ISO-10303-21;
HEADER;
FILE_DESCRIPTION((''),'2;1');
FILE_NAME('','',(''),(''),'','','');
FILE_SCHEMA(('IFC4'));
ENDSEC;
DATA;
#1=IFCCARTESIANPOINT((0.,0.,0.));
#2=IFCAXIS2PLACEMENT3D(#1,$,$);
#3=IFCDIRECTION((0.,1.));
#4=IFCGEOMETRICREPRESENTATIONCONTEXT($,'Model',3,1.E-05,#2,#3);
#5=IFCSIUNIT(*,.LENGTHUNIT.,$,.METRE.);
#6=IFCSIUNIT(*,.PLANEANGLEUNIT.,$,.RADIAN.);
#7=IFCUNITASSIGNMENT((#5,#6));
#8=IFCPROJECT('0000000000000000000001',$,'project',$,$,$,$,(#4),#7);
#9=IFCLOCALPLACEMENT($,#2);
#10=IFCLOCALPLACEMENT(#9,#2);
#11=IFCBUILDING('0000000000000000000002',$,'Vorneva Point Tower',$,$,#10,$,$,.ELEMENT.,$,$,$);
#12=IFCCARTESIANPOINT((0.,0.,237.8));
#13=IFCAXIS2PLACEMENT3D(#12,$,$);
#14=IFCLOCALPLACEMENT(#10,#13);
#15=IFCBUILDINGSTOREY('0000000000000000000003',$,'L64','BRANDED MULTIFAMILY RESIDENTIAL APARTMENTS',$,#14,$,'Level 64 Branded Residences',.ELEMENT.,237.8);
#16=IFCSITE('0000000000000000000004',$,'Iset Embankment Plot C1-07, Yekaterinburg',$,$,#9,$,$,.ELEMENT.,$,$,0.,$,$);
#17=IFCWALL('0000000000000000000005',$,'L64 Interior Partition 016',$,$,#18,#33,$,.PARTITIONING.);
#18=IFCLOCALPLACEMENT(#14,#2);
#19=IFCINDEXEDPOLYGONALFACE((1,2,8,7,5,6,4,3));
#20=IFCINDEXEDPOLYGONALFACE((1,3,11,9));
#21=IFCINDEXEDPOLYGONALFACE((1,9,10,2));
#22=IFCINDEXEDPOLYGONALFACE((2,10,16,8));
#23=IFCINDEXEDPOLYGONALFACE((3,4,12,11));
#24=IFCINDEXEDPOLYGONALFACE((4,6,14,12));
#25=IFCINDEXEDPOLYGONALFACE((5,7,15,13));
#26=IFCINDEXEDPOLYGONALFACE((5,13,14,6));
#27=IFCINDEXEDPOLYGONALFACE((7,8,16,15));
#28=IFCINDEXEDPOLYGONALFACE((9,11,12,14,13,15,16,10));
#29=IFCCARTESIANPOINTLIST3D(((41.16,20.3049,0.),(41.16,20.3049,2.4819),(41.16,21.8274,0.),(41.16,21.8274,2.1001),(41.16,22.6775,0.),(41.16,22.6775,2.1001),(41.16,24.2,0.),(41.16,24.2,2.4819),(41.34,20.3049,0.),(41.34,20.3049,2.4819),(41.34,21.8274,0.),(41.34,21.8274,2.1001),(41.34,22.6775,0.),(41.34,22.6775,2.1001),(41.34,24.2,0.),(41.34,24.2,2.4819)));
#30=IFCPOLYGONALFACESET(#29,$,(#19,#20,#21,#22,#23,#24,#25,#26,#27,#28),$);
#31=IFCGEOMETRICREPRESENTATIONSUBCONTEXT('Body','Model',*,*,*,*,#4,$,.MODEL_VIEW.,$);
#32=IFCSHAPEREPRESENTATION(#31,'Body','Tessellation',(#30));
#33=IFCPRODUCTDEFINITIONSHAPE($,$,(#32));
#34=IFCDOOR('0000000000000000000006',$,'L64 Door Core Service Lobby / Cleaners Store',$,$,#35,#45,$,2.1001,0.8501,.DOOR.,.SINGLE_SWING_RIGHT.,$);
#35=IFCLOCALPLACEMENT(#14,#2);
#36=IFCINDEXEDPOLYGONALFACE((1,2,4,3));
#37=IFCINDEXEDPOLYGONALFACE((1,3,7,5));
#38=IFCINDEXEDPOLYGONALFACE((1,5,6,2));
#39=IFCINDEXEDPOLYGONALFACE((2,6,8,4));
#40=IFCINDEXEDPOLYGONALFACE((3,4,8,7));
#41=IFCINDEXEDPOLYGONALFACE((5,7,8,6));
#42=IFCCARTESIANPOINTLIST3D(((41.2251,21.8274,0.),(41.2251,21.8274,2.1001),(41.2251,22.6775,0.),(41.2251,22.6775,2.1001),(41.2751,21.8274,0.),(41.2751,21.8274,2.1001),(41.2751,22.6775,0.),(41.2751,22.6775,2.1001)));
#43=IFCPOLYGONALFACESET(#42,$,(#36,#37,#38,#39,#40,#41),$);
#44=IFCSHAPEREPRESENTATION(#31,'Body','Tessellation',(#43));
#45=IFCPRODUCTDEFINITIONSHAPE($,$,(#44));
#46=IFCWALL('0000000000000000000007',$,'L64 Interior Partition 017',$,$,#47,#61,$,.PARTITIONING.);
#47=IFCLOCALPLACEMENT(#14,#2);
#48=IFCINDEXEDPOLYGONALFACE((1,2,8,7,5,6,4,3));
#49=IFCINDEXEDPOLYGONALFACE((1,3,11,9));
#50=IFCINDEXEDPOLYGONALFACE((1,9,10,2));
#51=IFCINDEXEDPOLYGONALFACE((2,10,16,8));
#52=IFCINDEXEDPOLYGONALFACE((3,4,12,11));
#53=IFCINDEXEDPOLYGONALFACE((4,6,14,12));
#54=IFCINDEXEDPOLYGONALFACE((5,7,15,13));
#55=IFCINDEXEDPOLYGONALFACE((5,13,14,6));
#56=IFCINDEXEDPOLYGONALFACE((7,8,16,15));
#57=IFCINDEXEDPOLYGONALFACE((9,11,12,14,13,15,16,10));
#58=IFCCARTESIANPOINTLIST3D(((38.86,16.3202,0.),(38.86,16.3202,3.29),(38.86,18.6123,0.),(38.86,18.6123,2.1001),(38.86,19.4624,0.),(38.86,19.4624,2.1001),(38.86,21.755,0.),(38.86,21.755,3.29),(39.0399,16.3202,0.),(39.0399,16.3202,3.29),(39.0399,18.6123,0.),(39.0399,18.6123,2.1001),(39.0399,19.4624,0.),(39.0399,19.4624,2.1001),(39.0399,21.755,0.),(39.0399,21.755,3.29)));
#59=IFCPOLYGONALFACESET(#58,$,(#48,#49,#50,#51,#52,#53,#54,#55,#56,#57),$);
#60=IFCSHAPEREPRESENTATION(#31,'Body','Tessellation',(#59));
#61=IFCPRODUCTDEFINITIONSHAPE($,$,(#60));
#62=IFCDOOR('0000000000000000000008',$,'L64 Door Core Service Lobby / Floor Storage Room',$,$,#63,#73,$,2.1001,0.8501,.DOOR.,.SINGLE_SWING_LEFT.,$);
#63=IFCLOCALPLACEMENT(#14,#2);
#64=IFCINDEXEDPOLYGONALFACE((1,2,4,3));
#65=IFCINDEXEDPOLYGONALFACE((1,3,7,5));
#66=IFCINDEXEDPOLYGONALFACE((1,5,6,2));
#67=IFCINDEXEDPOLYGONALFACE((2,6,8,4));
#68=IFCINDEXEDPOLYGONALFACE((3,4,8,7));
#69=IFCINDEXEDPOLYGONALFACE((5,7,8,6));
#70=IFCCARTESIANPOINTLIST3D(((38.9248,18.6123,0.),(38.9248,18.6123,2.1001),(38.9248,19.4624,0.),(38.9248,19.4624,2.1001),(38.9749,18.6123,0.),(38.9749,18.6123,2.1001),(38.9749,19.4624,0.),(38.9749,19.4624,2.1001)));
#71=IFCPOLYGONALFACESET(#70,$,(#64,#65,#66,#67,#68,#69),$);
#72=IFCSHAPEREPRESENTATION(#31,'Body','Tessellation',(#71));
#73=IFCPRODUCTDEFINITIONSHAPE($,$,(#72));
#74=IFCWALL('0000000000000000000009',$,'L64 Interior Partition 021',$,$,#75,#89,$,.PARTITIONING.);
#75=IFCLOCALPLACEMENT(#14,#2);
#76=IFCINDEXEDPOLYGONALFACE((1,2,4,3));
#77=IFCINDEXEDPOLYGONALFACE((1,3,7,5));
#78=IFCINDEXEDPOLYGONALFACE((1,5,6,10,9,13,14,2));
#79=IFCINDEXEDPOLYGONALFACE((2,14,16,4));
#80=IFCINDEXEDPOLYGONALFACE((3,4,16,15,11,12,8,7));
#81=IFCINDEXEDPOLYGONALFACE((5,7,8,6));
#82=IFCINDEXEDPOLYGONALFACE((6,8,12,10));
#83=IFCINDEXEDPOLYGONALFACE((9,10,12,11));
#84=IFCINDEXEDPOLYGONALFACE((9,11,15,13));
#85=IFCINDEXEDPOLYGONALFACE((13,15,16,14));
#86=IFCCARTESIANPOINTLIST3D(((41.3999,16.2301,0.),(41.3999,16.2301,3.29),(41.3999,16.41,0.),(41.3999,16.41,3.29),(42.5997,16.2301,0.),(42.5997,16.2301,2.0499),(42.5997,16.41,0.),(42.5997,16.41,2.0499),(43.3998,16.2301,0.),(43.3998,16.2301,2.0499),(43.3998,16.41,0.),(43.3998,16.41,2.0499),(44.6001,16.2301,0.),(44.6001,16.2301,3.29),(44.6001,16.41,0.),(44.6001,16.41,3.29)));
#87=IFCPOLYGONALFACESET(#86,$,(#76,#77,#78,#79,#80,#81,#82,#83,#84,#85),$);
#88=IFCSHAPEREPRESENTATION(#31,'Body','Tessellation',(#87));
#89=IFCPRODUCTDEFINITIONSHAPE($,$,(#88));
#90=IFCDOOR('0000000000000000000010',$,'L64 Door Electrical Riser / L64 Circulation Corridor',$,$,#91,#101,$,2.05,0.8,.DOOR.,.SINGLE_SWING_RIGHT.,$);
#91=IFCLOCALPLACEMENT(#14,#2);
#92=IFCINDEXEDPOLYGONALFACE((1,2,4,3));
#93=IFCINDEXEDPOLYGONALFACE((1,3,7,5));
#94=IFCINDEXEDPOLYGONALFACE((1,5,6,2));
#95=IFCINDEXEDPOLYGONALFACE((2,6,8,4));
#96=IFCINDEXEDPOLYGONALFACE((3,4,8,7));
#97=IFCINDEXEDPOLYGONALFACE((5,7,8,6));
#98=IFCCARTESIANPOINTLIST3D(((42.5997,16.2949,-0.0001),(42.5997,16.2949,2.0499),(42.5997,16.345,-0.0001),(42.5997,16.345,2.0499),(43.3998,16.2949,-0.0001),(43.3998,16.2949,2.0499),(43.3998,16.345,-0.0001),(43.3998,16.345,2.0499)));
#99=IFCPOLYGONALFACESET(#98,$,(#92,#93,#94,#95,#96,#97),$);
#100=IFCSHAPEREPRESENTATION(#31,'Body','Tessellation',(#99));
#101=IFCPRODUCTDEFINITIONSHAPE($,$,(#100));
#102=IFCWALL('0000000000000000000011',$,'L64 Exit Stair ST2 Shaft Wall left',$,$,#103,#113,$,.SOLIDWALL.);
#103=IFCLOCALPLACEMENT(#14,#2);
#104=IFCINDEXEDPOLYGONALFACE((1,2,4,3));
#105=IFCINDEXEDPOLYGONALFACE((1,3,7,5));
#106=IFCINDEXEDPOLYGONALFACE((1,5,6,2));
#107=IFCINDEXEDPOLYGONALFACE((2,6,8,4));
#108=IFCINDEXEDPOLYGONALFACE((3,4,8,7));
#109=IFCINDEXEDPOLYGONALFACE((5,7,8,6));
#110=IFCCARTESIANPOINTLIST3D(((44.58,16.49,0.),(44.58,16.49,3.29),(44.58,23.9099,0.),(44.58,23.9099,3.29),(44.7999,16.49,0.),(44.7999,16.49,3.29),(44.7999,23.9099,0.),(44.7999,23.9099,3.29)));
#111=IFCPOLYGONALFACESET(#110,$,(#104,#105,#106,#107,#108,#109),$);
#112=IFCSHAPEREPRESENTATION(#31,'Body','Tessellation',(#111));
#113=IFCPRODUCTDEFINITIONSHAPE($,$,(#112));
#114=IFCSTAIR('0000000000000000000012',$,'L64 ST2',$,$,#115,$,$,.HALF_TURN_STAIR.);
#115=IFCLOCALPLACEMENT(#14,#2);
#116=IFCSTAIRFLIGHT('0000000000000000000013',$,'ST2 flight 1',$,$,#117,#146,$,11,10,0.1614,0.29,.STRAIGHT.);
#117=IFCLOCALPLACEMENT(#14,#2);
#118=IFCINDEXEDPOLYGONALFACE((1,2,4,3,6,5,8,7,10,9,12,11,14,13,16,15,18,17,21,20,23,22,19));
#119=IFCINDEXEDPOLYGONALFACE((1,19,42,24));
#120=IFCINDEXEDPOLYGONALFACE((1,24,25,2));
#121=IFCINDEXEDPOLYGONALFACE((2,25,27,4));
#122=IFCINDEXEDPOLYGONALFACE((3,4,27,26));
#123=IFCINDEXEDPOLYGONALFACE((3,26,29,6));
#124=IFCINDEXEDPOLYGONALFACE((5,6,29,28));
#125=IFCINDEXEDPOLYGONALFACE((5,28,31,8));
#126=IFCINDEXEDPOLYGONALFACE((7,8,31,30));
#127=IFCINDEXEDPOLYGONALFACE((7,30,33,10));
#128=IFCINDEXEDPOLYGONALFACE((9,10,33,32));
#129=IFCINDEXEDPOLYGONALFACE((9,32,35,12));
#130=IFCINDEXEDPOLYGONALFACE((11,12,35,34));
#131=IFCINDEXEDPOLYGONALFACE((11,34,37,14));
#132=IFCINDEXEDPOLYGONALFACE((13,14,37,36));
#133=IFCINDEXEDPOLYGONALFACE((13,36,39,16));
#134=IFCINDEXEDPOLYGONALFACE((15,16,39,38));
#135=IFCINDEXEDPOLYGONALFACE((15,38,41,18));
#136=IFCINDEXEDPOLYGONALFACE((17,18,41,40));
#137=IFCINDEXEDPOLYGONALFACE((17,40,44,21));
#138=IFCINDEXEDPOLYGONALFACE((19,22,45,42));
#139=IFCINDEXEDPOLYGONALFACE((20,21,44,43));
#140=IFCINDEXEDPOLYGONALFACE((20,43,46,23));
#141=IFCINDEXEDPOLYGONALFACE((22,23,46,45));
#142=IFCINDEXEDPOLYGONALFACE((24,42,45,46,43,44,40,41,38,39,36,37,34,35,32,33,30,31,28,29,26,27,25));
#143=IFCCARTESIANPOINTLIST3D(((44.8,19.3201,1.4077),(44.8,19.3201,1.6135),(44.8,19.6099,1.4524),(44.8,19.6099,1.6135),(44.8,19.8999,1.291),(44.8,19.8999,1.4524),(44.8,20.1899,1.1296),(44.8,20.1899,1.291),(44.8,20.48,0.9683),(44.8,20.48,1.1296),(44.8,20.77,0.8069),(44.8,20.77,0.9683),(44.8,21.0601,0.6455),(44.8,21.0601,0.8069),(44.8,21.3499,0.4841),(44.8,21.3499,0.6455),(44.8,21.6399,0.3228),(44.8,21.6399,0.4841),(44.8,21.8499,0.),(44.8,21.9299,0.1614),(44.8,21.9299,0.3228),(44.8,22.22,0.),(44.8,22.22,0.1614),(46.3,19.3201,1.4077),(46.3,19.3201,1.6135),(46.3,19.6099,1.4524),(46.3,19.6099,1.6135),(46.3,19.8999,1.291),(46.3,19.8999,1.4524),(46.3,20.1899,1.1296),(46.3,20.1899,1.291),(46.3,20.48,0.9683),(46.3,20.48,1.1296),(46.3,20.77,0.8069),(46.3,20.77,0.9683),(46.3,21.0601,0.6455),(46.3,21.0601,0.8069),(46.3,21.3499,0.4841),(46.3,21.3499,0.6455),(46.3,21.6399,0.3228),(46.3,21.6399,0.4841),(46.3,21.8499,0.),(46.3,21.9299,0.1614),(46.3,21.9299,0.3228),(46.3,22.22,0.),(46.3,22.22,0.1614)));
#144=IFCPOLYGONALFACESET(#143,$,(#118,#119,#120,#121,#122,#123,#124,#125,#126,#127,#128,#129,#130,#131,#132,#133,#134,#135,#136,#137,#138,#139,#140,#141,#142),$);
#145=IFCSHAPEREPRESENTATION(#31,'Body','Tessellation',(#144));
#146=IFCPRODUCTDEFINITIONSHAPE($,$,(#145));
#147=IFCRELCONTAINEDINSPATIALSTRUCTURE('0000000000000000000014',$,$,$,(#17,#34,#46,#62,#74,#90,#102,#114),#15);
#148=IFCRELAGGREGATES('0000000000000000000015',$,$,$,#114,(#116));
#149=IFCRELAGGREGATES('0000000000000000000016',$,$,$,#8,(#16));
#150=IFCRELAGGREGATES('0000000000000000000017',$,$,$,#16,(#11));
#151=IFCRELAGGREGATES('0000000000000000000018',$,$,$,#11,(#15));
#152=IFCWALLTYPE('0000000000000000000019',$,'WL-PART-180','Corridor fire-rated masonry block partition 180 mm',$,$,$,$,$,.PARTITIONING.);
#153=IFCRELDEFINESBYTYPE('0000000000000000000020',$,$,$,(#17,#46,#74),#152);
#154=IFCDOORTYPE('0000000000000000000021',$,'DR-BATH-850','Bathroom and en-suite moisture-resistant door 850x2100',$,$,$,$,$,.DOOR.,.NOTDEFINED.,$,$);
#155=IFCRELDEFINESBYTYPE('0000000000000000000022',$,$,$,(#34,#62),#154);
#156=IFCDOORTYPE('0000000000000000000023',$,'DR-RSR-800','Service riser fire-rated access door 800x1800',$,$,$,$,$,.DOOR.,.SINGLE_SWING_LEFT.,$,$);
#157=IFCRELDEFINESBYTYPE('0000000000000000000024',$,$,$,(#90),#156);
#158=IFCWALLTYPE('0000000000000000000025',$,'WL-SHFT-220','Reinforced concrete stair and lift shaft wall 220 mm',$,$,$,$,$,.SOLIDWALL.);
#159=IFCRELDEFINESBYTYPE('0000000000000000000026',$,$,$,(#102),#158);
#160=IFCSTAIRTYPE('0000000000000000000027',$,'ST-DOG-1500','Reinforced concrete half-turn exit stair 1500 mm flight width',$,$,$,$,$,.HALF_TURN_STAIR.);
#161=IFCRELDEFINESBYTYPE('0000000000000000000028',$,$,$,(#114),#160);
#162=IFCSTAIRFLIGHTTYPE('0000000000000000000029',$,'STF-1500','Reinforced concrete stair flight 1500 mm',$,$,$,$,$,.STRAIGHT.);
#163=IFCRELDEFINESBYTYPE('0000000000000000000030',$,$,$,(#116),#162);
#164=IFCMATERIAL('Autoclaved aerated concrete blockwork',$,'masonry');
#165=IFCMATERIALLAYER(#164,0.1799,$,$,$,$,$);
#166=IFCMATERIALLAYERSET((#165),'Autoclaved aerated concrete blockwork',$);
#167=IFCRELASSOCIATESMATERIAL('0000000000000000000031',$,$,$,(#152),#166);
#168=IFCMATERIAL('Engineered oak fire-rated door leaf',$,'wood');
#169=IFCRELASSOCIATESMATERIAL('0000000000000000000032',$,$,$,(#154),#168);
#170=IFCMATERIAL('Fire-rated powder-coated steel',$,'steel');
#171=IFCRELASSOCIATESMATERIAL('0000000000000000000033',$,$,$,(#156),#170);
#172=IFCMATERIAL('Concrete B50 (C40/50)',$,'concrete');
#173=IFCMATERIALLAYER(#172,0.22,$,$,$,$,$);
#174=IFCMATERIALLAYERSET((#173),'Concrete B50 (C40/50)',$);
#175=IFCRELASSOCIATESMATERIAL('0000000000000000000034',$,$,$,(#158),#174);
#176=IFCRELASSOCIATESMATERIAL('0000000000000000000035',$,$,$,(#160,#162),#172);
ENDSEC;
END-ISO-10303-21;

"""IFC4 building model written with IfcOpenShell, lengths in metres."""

from ifc_helpers import new_model, si_unit, direction, frame, frame_2d, origin, place, context, subcontext, project, spatial, polyline, rectangle, outline, extrude, material, layer, layer_set, type_object, element, fill, aggregate, save


model = new_model("IFC4")

# Units and contexts
model_context = context("Model", 3, precision=1e-05, world=origin(), true_north=direction((0.0, 1.0)))
body_context = subcontext(model_context, "Body", "Model", "MODEL_VIEW")
ifc_project = project(units=[si_unit("LENGTHUNIT", "METRE"), si_unit("PLANEANGLEUNIT", "RADIAN")], contexts=[model_context])

# Site, building, storey
site_placement = place(None, origin())
site = spatial("IfcSite", under=ifc_project, at=site_placement, Name="Iset Embankment Plot C1-07, Yekaterinburg", CompositionType="ELEMENT", RefElevation=0.0)
building_placement = place(site_placement, origin())
building = spatial("IfcBuilding", under=site, at=building_placement, Name="Vorneva Point Tower", CompositionType="ELEMENT")
storey_placement = place(building_placement, frame((0.0, 0.0, 237.8)))
storey = spatial("IfcBuildingStorey", under=building, at=storey_placement, Name="L64", Description="BRANDED MULTIFAMILY RESIDENTIAL APARTMENTS", LongName="Level 64 Branded Residences", CompositionType="ELEMENT", Elevation=237.8)

# Shared definitions
ifc_material_1 = material(Name="Concrete B50 (C40/50)", Category="concrete")

# Shared definitions
ifc_material_2 = material(Name="Autoclaved aerated concrete blockwork", Category="masonry")
ifc_layer_1 = layer(ifc_material_2, 0.1799)
ifc_layer_set_1 = layer_set([ifc_layer_1], Name="Autoclaved aerated concrete blockwork")
wall_type_1 = type_object("IfcWallType", Name="WL-PART-180", Description="Corridor fire-rated masonry block partition 180 mm", PredefinedType="PARTITIONING", material=ifc_layer_set_1)

# Walls, openings, doors
ifc_material_3 = material(Name="Fire-rated powder-coated steel", Category="steel")
ifc_material_4 = material(Name="Engineered oak fire-rated door leaf", Category="wood")
door_type_1 = type_object("IfcDoorType", Name="DR-BATH-850", Description="Bathroom and en-suite moisture-resistant door 850x2100", OperationType="NOTDEFINED", PredefinedType="DOOR", material=ifc_material_4)
door_type_2 = type_object("IfcDoorType", Name="DR-RSR-800", Description="Service riser fire-rated access door 800x1800", OperationType="SINGLE_SWING_LEFT", PredefinedType="DOOR", material=ifc_material_3)
wall_1_placement = place(storey_placement, frame((41.25, 20.3049, 0.0), z_axis=(0.0, 0.0, 1.0), x_axis=(0.0, 1.0, 0.0)))
wall_1 = element("IfcWall", 1, at=wall_1_placement, inside=storey, type_object=wall_type_1, Name="L64 Interior Partition 016", PredefinedType="PARTITIONING", context=body_context, shape_type="SweptSolid", body=[
    extrude(rectangle(XDim=3.895, YDim=0.1799, at=frame_2d((1.9475, 0.0))), origin(), (0.0, 0.0, 1.0), 2.4819),
])
opening_1_placement = place(wall_1_placement, frame((1.5225, 0.0, 0.0)))
opening_1 = element("IfcOpeningElement", 2, at=opening_1_placement, cuts=wall_1, PredefinedType="OPENING", context=body_context, shape_type="SweptSolid", body=[
    extrude(rectangle(XDim=0.8501, YDim=2.1001, at=frame_2d((0.425, 1.05))), frame((0.0, 0.105, 0.0), z_axis=(0.0, -1.0, 0.0), x_axis=(1.0, 0.0, 0.0)), (0.0, 0.0, 1.0), 0.2097),
])
door_1_placement = place(opening_1_placement, origin())
door_1 = element("IfcDoor", 3, at=door_1_placement, inside=storey, type_object=door_type_1, Name="L64 Door Core Service Lobby / Cleaners Store", OperationType="SINGLE_SWING_RIGHT", OverallHeight=2.1001, OverallWidth=0.8501, PredefinedType="DOOR", context=body_context, shape_type="SweptSolid", body=[
    extrude(rectangle(XDim=0.8501, YDim=2.1001, at=frame_2d((0.425, 1.05))), frame((0.0, 0.0249, 0.0), z_axis=(0.0, -1.0, 0.0), x_axis=(1.0, 0.0, 0.0)), (0.0, 0.0, 1.0), 0.05),
])
fill(opening_1, door_1)
wall_2_placement = place(storey_placement, frame((38.95, 21.7549, 0.0), z_axis=(0.0, 0.0, 1.0), x_axis=(0.0, -1.0, 0.0)))
wall_2 = element("IfcWall", 4, at=wall_2_placement, inside=storey, type_object=wall_type_1, Name="L64 Interior Partition 017", PredefinedType="PARTITIONING", context=body_context, shape_type="SweptSolid", body=[
    extrude(rectangle(XDim=5.4348, YDim=0.1799, at=frame_2d((2.7173, 0.0))), origin(), (0.0, 0.0, 1.0), 3.29),
])
opening_2_placement = place(wall_2_placement, frame((2.2925, 0.0, 0.0)))
opening_2 = element("IfcOpeningElement", 5, at=opening_2_placement, cuts=wall_2, PredefinedType="OPENING", context=body_context, shape_type="SweptSolid", body=[
    extrude(rectangle(XDim=0.8501, YDim=2.1001, at=frame_2d((0.425, 1.05))), frame((0.0, 0.105, 0.0), z_axis=(0.0, -1.0, 0.0), x_axis=(1.0, 0.0, 0.0)), (0.0, 0.0, 1.0), 0.2097),
])
door_2_placement = place(opening_2_placement, origin())
door_2 = element("IfcDoor", 6, at=door_2_placement, inside=storey, type_object=door_type_1, Name="L64 Door Core Service Lobby / Floor Storage Room", OperationType="SINGLE_SWING_LEFT", OverallHeight=2.1001, OverallWidth=0.8501, PredefinedType="DOOR", context=body_context, shape_type="SweptSolid", body=[
    extrude(rectangle(XDim=0.8501, YDim=2.1001, at=frame_2d((0.425, 1.05))), frame((0.0, 0.0249, 0.0), z_axis=(0.0, -1.0, 0.0), x_axis=(1.0, 0.0, 0.0)), (0.0, 0.0, 1.0), 0.05),
])
fill(opening_2, door_2)
wall_3_placement = place(storey_placement, frame((41.3999, 16.3201, 0.0), z_axis=(0.0, 0.0, 1.0), x_axis=(1.0, 0.0, 0.0)))
wall_3 = element("IfcWall", 7, at=wall_3_placement, inside=storey, type_object=wall_type_1, Name="L64 Interior Partition 021", PredefinedType="PARTITIONING", context=body_context, shape_type="SweptSolid", body=[
    extrude(rectangle(XDim=3.2002, YDim=0.1799, at=frame_2d((1.6001, 0.0))), origin(), (0.0, 0.0, 1.0), 3.29),
])
opening_3_placement = place(wall_3_placement, frame((1.2, 0.0, 0.0)))
opening_3 = element("IfcOpeningElement", 8, at=opening_3_placement, cuts=wall_3, PredefinedType="OPENING", context=body_context, shape_type="SweptSolid", body=[
    extrude(rectangle(XDim=0.8, YDim=2.05, at=frame_2d((0.3999, 1.0249))), frame((0.0, 0.105, 0.0), z_axis=(0.0, -1.0, 0.0), x_axis=(1.0, 0.0, 0.0)), (0.0, 0.0, 1.0), 0.2097),
])
door_3_placement = place(opening_3_placement, origin())
door_3 = element("IfcDoor", 9, at=door_3_placement, inside=storey, type_object=door_type_2, Name="L64 Door Electrical Riser / L64 Circulation Corridor", OperationType="SINGLE_SWING_RIGHT", OverallHeight=2.05, OverallWidth=0.8, PredefinedType="DOOR", context=body_context, shape_type="SweptSolid", body=[
    extrude(rectangle(XDim=0.8, YDim=2.05, at=frame_2d((0.3999, 1.0249))), frame((0.0, 0.0249, 0.0), z_axis=(0.0, -1.0, 0.0), x_axis=(1.0, 0.0, 0.0)), (0.0, 0.0, 1.0), 0.05),
])
fill(opening_3, door_3)
ifc_layer_2 = layer(ifc_material_1, 0.22)
ifc_layer_set_2 = layer_set([ifc_layer_2], Name="Concrete B50 (C40/50)")
wall_type_2 = type_object("IfcWallType", Name="WL-SHFT-220", Description="Reinforced concrete stair and lift shaft wall 220 mm", PredefinedType="SOLIDWALL", material=ifc_layer_set_2)

# Wall
wall_4_placement = place(storey_placement, frame((44.6899, 16.49, 0.0), z_axis=(0.0, 0.0, 1.0), x_axis=(0.0, 1.0, 0.0)))
element("IfcWall", 10, at=wall_4_placement, inside=storey, type_object=wall_type_2, Name="L64 Exit Stair ST2 Shaft Wall left", PredefinedType="SOLIDWALL", context=body_context, shape_type="SweptSolid", body=[
    extrude(rectangle(XDim=7.4199, YDim=0.22, at=frame_2d((3.71, 0.0))), origin(), (0.0, 0.0, 1.0), 3.29),
])

# Stair, stair flight
stair_type = type_object("IfcStairType", Name="ST-DOG-1500", Description="Reinforced concrete half-turn exit stair 1500 mm flight width", PredefinedType="HALF_TURN_STAIR", material=ifc_material_1)
stair_placement = place(storey_placement, origin())
stair = element("IfcStair", 11, at=stair_placement, inside=storey, type_object=stair_type, Name="L64 ST2", PredefinedType="HALF_TURN_STAIR")
stair_flight_type = type_object("IfcStairFlightType", Name="STF-1500", Description="Reinforced concrete stair flight 1500 mm", PredefinedType="STRAIGHT", material=ifc_material_1)
stair_flight_placement = place(storey_placement, frame((45.55, 22.22, 0.0), z_axis=(0.0, 0.0, 1.0), x_axis=(0.0, -1.0, 0.0)))
stair_flight = element("IfcStairFlight", 12, at=stair_flight_placement, type_object=stair_flight_type, Name="ST2 flight 1", NumberOfRisers=11, NumberOfTreads=10, PredefinedType="STRAIGHT", RiserHeight=0.1614, TreadLength=0.29, context=body_context, shape_type="SweptSolid", body=[
    extrude(outline(polyline([(0.0, 0.0), (0.0, 0.1614), (0.29, 0.1614), (0.29, 0.3228), (0.5801, 0.3228), (0.5801, 0.4841), (0.8701, 0.4841), (0.8701, 0.6455), (1.1599, 0.6455), (1.1599, 0.8069), (1.45, 0.8069), (1.45, 0.9683), (1.74, 0.9683), (1.74, 1.1296), (2.03, 1.1296), (2.03, 1.291), (2.3201, 1.291), (2.3201, 1.4524), (2.6101, 1.4524), (2.6101, 1.6135), (2.8999, 1.6135), (2.8999, 1.7749), (2.8999, 1.4077), (0.3701, 0.0), (0.0, 0.0)])), frame((0.0, 0.75, 0.0), z_axis=(0.0, -1.0, 0.0), x_axis=(1.0, 0.0, 0.0)), (0.0, 0.0, 1.0), 1.5),
])
aggregate(stair, [stair_flight])

save(model, "model.ifc")
